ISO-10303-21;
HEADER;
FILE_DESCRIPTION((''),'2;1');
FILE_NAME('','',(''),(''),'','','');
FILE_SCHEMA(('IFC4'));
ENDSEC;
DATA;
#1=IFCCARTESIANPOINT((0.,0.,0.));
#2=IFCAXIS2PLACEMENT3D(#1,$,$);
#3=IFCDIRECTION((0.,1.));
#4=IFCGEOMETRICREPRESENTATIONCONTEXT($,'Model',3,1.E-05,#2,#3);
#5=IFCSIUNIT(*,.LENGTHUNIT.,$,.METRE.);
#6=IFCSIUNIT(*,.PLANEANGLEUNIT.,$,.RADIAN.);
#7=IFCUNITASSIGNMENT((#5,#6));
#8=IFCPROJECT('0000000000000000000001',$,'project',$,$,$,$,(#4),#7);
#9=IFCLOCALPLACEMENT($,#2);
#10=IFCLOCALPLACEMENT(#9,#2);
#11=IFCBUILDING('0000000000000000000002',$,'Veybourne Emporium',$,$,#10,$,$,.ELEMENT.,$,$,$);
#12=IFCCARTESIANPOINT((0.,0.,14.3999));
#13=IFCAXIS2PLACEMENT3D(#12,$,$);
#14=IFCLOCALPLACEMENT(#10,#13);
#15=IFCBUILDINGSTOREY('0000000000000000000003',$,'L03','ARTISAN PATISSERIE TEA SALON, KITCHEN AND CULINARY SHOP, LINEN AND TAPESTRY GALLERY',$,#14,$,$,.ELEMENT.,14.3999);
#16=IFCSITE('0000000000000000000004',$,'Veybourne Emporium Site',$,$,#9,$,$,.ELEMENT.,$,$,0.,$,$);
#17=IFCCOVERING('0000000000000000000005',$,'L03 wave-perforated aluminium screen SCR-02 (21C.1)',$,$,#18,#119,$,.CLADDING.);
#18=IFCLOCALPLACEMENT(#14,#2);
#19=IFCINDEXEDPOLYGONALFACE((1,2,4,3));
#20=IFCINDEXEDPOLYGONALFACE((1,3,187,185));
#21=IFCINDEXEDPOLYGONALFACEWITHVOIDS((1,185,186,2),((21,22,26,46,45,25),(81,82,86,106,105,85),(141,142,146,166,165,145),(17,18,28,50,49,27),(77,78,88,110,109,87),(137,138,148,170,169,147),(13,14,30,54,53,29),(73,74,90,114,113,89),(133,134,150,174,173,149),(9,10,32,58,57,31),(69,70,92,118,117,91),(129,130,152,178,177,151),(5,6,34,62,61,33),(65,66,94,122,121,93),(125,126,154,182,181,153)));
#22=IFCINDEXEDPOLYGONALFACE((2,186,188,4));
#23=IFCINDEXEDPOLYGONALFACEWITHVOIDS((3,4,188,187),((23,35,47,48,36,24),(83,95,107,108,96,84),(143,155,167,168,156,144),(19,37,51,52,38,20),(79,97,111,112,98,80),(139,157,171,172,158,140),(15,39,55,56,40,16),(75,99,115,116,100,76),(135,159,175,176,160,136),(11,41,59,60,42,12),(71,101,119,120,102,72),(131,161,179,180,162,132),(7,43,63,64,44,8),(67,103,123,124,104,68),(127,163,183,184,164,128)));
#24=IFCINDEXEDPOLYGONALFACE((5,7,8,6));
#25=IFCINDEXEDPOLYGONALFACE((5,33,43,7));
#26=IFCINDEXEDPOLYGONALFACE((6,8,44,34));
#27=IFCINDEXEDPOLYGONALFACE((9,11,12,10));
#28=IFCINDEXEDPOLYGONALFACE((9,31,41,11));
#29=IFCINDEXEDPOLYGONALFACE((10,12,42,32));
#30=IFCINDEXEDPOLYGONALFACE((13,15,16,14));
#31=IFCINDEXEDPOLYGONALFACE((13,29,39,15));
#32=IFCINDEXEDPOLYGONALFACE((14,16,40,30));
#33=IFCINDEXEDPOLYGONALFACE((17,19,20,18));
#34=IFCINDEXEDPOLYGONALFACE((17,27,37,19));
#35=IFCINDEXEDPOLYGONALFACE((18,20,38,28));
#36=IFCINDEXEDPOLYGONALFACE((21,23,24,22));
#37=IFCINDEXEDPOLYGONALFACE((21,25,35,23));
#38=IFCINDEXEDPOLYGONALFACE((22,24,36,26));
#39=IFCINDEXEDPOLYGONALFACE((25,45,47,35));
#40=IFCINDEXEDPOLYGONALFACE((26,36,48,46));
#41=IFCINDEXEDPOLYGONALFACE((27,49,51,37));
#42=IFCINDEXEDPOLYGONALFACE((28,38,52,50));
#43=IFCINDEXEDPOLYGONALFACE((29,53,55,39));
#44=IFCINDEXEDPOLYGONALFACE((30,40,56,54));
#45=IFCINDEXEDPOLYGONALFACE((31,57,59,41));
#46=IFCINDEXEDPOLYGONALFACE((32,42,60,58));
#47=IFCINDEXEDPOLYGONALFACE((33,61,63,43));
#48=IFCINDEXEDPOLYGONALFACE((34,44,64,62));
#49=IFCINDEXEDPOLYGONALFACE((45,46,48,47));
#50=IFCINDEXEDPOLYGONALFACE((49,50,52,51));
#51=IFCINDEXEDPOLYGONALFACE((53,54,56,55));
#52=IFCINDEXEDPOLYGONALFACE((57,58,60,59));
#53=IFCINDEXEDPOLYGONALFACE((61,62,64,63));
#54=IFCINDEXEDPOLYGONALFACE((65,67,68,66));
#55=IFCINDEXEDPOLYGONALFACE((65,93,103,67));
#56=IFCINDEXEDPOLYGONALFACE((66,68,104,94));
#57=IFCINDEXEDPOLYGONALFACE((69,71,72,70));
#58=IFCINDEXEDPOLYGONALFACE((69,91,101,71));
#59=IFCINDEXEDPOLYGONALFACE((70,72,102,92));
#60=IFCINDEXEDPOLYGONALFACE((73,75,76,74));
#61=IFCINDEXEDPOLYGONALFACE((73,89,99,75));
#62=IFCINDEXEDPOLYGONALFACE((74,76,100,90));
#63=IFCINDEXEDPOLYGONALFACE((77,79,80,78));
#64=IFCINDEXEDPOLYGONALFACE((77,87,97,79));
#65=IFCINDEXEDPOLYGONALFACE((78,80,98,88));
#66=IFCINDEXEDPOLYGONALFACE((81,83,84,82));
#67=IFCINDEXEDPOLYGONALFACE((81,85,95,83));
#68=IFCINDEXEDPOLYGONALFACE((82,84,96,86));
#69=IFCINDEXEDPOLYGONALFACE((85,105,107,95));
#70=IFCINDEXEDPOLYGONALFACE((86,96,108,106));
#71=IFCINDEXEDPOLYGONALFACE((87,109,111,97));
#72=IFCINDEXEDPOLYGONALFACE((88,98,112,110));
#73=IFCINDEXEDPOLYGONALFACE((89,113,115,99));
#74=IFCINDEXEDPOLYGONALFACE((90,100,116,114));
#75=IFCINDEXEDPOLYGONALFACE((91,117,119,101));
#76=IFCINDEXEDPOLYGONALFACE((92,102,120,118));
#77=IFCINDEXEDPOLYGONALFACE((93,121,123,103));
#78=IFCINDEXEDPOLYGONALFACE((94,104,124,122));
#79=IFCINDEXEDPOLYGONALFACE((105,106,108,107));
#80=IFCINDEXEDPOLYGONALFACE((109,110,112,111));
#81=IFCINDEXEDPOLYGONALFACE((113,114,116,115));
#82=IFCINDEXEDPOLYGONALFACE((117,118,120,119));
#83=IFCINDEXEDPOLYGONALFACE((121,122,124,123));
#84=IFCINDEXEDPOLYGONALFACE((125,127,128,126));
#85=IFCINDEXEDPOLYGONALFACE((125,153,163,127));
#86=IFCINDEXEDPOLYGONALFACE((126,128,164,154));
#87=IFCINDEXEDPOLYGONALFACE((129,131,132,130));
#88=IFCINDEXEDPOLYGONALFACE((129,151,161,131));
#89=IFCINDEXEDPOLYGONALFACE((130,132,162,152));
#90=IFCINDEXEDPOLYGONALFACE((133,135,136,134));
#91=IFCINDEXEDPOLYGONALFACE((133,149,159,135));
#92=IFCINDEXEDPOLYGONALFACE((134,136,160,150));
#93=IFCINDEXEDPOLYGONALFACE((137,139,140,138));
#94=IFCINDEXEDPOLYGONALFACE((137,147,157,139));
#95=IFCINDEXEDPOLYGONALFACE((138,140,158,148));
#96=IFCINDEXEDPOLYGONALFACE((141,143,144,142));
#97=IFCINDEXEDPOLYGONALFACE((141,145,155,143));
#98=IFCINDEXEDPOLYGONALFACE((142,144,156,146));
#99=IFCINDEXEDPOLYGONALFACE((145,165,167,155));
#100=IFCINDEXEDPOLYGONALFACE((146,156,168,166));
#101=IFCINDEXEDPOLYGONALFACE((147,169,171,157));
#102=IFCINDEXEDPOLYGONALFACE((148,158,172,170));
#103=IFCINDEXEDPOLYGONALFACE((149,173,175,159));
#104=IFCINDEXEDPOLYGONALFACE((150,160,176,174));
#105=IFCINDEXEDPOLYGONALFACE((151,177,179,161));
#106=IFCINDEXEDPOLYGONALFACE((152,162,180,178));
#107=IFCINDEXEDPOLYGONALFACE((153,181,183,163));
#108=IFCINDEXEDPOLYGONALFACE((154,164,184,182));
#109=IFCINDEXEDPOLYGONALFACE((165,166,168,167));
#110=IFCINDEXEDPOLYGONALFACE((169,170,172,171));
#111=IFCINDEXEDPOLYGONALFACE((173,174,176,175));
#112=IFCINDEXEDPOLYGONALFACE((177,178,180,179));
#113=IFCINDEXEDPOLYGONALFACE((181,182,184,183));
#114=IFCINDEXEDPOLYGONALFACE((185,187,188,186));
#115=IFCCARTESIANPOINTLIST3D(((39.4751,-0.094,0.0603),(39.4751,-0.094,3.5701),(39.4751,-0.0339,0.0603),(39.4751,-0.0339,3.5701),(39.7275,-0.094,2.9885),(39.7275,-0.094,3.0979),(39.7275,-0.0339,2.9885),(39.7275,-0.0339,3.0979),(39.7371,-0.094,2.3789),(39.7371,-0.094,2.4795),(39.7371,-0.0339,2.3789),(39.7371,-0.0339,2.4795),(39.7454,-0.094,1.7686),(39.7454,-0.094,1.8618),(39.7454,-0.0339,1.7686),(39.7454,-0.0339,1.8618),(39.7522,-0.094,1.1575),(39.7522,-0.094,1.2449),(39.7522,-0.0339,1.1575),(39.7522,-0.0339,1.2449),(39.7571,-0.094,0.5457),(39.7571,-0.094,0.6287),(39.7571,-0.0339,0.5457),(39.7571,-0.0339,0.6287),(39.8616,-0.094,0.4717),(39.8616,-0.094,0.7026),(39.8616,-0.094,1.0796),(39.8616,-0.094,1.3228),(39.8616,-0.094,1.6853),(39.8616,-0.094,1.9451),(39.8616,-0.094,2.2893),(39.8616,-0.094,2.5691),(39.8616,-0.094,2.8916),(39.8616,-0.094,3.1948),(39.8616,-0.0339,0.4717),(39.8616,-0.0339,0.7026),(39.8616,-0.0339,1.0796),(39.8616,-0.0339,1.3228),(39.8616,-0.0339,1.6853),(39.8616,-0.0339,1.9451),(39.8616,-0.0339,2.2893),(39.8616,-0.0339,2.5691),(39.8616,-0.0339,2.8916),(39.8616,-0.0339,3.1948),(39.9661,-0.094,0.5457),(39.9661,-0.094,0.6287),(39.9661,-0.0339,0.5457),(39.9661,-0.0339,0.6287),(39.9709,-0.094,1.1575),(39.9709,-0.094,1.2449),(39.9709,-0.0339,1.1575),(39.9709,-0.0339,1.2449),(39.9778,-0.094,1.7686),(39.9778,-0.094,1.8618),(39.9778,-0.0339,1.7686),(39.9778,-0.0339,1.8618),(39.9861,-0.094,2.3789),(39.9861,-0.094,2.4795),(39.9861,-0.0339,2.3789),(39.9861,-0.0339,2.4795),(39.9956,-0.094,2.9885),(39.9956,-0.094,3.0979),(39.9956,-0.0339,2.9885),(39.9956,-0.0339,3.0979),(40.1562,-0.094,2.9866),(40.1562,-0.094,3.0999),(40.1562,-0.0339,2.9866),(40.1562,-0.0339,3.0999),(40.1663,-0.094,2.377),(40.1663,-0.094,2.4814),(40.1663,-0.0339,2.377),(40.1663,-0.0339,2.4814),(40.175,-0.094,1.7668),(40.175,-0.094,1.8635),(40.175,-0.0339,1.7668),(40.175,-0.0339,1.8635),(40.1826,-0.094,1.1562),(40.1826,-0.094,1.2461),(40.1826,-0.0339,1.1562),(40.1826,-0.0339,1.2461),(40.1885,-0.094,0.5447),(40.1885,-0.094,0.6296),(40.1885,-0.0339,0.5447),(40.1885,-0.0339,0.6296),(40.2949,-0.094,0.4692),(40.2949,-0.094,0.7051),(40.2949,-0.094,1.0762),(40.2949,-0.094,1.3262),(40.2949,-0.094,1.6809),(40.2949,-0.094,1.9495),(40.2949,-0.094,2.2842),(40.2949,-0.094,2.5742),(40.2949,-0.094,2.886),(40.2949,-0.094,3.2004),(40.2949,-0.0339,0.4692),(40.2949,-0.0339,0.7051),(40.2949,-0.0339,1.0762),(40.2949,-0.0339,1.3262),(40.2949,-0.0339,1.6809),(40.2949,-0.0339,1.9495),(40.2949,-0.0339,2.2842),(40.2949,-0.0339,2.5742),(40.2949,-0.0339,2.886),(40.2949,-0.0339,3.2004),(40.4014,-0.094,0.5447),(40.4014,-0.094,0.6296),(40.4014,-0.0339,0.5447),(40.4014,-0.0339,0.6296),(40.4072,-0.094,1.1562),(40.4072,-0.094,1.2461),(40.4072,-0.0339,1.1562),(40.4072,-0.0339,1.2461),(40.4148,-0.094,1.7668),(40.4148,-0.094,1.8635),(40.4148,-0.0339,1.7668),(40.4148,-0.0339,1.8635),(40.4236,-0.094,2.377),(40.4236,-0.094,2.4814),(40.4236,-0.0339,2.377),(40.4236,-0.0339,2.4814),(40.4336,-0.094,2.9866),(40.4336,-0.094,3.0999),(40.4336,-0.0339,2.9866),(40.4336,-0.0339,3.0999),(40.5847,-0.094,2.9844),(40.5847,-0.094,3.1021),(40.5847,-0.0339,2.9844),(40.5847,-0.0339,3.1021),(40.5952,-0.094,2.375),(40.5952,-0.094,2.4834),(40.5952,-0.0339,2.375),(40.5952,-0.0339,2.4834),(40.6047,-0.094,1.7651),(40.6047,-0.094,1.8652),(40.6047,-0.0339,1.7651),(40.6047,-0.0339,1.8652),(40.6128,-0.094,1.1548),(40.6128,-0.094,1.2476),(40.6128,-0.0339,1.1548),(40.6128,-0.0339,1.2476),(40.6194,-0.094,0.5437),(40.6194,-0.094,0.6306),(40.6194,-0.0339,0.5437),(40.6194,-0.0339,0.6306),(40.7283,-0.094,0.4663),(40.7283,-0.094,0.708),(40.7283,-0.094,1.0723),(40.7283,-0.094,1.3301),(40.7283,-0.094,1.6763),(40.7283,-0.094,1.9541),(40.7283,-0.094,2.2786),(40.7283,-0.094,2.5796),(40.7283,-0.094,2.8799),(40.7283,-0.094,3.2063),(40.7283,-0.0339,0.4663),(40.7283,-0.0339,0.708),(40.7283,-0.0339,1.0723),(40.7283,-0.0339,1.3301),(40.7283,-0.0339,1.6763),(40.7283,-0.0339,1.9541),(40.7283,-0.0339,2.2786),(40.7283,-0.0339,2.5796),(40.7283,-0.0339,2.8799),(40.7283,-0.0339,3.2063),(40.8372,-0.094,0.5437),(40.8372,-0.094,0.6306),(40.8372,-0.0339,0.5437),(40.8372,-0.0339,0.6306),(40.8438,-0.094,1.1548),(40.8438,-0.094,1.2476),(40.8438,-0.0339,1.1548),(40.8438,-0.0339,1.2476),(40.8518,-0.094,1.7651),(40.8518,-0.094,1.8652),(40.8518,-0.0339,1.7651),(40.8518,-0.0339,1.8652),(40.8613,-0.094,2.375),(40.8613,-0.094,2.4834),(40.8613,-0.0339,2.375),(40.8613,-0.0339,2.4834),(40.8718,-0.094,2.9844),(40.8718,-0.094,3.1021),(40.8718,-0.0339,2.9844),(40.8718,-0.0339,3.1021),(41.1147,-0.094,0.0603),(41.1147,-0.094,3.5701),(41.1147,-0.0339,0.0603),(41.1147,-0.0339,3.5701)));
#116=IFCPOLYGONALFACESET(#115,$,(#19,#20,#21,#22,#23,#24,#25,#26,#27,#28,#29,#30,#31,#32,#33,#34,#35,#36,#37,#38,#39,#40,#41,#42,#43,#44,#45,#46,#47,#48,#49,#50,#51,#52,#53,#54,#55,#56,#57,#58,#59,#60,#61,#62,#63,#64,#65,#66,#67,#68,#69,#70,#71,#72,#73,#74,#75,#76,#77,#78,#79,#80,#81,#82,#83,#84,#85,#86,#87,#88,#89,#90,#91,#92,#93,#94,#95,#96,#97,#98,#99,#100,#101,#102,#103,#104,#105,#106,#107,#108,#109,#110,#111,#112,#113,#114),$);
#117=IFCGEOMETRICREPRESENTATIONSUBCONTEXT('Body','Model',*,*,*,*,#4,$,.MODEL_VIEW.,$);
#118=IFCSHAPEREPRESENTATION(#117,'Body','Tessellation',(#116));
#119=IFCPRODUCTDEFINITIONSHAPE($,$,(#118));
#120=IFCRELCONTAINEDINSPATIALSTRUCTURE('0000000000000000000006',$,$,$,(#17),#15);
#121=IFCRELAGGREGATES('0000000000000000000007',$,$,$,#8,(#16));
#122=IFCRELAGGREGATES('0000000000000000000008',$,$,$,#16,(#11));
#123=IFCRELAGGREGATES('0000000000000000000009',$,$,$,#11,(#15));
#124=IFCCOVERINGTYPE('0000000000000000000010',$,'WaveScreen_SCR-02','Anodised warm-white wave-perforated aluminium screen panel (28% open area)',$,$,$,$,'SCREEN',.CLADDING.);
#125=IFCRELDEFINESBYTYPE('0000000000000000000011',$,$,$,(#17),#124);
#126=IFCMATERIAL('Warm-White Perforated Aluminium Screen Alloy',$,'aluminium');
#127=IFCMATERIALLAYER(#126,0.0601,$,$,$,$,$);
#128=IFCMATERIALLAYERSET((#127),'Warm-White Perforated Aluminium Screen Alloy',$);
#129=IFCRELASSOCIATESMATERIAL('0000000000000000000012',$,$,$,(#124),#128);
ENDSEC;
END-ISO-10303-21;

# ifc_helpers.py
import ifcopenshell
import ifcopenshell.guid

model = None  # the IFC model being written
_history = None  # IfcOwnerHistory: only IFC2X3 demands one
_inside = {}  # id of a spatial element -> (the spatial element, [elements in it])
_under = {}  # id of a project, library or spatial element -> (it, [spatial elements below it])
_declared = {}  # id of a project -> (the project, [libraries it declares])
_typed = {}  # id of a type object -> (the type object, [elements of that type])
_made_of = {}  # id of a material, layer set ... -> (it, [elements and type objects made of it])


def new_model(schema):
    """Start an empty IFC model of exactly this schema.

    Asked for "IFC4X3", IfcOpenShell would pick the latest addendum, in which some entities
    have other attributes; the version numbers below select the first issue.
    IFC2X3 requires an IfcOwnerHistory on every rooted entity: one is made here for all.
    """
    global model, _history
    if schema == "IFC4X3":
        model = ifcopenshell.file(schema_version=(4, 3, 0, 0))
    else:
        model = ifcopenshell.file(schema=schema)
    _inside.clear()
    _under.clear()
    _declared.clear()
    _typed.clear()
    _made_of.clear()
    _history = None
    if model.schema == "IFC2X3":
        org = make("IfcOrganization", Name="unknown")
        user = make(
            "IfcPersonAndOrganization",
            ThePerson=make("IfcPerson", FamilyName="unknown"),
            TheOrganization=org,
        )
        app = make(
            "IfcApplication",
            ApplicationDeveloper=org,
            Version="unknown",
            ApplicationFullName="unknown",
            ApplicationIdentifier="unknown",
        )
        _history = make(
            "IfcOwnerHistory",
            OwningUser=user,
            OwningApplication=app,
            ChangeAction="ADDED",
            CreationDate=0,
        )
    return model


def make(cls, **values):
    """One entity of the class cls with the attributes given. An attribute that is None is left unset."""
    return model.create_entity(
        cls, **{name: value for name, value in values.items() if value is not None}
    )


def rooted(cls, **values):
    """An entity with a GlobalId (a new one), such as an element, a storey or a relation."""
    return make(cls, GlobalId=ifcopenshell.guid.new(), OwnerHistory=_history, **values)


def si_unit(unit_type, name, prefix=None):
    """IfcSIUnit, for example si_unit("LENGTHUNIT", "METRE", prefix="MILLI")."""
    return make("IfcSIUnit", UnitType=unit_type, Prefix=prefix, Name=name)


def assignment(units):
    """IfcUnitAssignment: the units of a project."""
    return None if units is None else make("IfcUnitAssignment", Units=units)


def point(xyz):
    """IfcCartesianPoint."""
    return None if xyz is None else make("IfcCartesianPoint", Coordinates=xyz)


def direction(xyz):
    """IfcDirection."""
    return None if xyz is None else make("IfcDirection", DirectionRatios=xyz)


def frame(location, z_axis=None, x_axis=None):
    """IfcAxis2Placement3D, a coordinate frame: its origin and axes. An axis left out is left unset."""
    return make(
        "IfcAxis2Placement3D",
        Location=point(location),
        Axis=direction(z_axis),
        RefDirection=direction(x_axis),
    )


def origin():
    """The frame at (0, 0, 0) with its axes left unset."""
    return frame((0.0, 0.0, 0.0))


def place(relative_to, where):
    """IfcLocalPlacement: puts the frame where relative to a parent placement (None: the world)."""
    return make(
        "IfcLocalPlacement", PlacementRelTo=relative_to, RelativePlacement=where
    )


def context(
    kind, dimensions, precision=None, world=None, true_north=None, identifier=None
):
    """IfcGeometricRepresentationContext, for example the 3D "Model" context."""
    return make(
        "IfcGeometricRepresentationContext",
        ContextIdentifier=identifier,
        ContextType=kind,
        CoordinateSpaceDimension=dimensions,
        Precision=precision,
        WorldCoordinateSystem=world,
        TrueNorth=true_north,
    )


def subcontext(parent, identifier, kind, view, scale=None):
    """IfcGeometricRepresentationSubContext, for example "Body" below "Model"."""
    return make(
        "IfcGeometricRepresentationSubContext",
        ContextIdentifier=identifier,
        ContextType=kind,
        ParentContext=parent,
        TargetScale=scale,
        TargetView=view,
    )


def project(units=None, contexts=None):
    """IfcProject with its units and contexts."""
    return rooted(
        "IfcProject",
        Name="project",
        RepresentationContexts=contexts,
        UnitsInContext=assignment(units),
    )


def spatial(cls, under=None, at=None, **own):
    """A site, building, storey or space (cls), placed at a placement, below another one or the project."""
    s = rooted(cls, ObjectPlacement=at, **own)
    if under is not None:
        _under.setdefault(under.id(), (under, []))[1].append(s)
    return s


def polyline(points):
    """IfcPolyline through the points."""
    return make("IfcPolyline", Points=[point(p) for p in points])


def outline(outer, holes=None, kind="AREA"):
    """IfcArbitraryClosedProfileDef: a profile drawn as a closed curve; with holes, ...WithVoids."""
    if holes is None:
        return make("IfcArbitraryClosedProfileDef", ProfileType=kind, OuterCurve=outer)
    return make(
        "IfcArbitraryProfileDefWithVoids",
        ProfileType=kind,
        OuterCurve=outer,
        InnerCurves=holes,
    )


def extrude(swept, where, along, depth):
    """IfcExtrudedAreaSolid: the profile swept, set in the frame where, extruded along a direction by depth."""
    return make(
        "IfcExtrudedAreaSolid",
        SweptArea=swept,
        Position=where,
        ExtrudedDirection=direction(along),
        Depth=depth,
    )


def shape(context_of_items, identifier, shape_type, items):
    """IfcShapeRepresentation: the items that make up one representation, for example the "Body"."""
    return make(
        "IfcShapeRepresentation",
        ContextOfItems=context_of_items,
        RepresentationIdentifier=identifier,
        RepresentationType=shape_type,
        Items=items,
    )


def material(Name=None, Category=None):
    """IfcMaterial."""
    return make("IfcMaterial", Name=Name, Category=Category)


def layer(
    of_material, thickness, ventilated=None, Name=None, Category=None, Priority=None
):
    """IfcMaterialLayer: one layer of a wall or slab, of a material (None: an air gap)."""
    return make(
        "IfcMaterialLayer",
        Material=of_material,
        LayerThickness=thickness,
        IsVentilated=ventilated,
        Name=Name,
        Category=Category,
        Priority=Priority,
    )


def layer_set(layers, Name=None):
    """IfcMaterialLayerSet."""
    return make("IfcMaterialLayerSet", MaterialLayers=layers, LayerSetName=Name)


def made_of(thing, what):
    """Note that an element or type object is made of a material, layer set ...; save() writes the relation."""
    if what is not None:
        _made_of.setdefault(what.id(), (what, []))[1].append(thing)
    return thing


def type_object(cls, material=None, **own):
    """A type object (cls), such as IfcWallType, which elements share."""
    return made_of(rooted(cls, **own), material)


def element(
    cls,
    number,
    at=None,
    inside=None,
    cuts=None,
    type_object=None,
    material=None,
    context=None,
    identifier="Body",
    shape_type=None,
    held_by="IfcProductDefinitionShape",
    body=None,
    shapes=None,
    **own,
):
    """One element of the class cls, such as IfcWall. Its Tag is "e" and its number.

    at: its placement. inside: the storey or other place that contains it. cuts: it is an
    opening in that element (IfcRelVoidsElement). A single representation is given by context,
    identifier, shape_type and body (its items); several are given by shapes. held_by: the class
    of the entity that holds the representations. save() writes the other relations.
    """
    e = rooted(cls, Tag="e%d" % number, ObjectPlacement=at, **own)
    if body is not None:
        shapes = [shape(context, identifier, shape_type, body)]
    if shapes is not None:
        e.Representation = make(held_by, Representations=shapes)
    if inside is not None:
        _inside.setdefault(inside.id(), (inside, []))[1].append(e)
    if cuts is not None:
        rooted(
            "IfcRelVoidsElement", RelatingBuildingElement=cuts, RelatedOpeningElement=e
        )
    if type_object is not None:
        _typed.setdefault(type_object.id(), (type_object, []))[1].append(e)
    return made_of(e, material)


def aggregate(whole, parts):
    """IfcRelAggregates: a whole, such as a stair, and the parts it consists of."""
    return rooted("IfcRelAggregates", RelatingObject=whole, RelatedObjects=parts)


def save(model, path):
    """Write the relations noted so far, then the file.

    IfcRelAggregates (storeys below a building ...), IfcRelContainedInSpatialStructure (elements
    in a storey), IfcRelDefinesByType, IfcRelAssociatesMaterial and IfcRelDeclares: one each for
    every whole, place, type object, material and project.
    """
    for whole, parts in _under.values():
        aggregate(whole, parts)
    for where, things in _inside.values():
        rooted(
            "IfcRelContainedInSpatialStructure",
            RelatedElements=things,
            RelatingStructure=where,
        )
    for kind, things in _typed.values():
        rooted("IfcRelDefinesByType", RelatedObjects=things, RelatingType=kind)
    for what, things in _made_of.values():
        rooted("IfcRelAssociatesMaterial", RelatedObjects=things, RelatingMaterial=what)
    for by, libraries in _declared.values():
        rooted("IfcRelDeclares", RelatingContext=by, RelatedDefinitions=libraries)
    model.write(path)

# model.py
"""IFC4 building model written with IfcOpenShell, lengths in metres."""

from ifc_helpers import new_model, si_unit, direction, frame, origin, place, context, subcontext, project, spatial, polyline, outline, extrude, material, layer, layer_set, type_object, element, save


model = new_model("IFC4")

# Units and contexts
model_context = context("Model", 3, precision=1e-05, world=origin(), true_north=direction((0.0, 1.0)))
body_context = subcontext(model_context, "Body", "Model", "MODEL_VIEW")
ifc_project = project(units=[si_unit("LENGTHUNIT", "METRE"), si_unit("PLANEANGLEUNIT", "RADIAN")], contexts=[model_context])

# Site, building, storey
site_placement = place(None, origin())
site = spatial("IfcSite", under=ifc_project, at=site_placement, Name="Veybourne Emporium Site", CompositionType="ELEMENT", RefElevation=0.0)
building_placement = place(site_placement, origin())
building = spatial("IfcBuilding", under=site, at=building_placement, Name="Veybourne Emporium", CompositionType="ELEMENT")
storey_placement = place(building_placement, frame((0.0, 0.0, 14.3999)))
storey = spatial("IfcBuildingStorey", under=building, at=storey_placement, Name="L03", Description="ARTISAN PATISSERIE TEA SALON, KITCHEN AND CULINARY SHOP, LINEN AND TAPESTRY GALLERY", CompositionType="ELEMENT", Elevation=14.3999)

# Covering
ifc_material_1 = material(Name="Warm-White Perforated Aluminium Screen Alloy", Category="aluminium")
ifc_layer_1 = layer(ifc_material_1, 0.0601)
ifc_layer_set_1 = layer_set([ifc_layer_1], Name="Warm-White Perforated Aluminium Screen Alloy")
covering_type_1 = type_object("IfcCoveringType", Name="WaveScreen_SCR-02", Description="Anodised warm-white wave-perforated aluminium screen panel (28% open area)", ElementType="SCREEN", PredefinedType="CLADDING", material=ifc_layer_set_1)
covering_1_placement = place(storey_placement, frame((40.2949, -0.094, 1.8152), z_axis=(0.0, 1.0, 0.0), x_axis=(-1.0, 0.0, 0.0)))
element("IfcCovering", 1, at=covering_1_placement, inside=storey, type_object=covering_type_1, Name="L03 wave-perforated aluminium screen SCR-02 (21C.1)", PredefinedType="CLADDING", context=body_context, shape_type="SweptSolid", body=[
    extrude(outline(polyline([(-0.8198, -1.7549), (0.8198, -1.7549), (0.8198, 1.7549), (-0.8198, 1.7549), (-0.8198, -1.7549)]), holes=[polyline([(-0.4333, -1.1072), (-0.3245, -1.1846), (-0.3245, -1.2715), (-0.4333, -1.3489), (-0.5422, -1.2715), (-0.5422, -1.1846), (-0.4333, -1.1072)]), polyline([(-0.4333, -0.4851), (-0.3179, -0.5676), (-0.3179, -0.6604), (-0.4333, -0.7429), (-0.5488, -0.6604), (-0.5488, -0.5676), (-0.4333, -0.4851)]), polyline([(-0.4333, 0.1389), (-0.3098, 0.05), (-0.3098, -0.05), (-0.4333, -0.1389), (-0.5569, -0.05), (-0.5569, 0.05), (-0.4333, 0.1389)]), polyline([(-0.4333, 0.7644), (-0.3003, 0.6682), (-0.3003, 0.5598), (-0.4333, 0.4634), (-0.5664, 0.5598), (-0.5664, 0.6682), (-0.4333, 0.7644)]), polyline([(-0.4333, 1.3911), (-0.2898, 1.2869), (-0.2898, 1.1692), (-0.4333, 1.0647), (-0.5769, 1.1692), (-0.5769, 1.2869), (-0.4333, 1.3911)]), polyline([(0.0, -1.1101), (0.1064, -1.1855), (0.1064, -1.2705), (0.0, -1.3459), (-0.1064, -1.2705), (-0.1064, -1.1855), (0.0, -1.1101)]), polyline([(0.0, -0.489), (0.1123, -0.5691), (0.1123, -0.6589), (0.0, -0.739), (-0.1123, -0.6589), (-0.1123, -0.5691), (0.0, -0.489)]), polyline([(0.0, 0.1343), (0.1199, 0.0483), (0.1199, -0.0483), (0.0, -0.1343), (-0.1199, -0.0483), (-0.1199, 0.0483), (0.0, 0.1343)]), polyline([(0.0, 0.759), (0.1287, 0.6663), (0.1287, 0.5618), (0.0, 0.469), (-0.1287, 0.5618), (-0.1287, 0.6663), (0.0, 0.759)]), polyline([(0.0, 1.3853), (0.1387, 1.2847), (0.1387, 1.1714), (0.0, 1.0708), (-0.1387, 1.1714), (-0.1387, 1.2847), (0.0, 1.3853)]), polyline([(0.4333, -1.1125), (0.5378, -1.1865), (0.5378, -1.2695), (0.4333, -1.3435), (0.3289, -1.2695), (0.3289, -1.1865), (0.4333, -1.1125)]), polyline([(0.4333, -0.4924), (0.5427, -0.5703), (0.5427, -0.6577), (0.4333, -0.7356), (0.324, -0.6577), (0.324, -0.5703), (0.4333, -0.4924)]), polyline([(0.4333, 0.1299), (0.5496, 0.0466), (0.5496, -0.0466), (0.4333, -0.1299), (0.3171, -0.0466), (0.3171, 0.0466), (0.4333, 0.1299)]), polyline([(0.4333, 0.7539), (0.5579, 0.6643), (0.5579, 0.5637), (0.4333, 0.4741), (0.3088, 0.5637), (0.3088, 0.6643), (0.4333, 0.7539)]), polyline([(0.4333, 1.3796), (0.5674, 1.2827), (0.5674, 1.1733), (0.4333, 1.0764), (0.2993, 1.1733), (0.2993, 1.2827), (0.4333, 1.3796)])]), origin(), (0.0, 0.0, 1.0), 0.0601),
])

save(model, "model.ifc")
